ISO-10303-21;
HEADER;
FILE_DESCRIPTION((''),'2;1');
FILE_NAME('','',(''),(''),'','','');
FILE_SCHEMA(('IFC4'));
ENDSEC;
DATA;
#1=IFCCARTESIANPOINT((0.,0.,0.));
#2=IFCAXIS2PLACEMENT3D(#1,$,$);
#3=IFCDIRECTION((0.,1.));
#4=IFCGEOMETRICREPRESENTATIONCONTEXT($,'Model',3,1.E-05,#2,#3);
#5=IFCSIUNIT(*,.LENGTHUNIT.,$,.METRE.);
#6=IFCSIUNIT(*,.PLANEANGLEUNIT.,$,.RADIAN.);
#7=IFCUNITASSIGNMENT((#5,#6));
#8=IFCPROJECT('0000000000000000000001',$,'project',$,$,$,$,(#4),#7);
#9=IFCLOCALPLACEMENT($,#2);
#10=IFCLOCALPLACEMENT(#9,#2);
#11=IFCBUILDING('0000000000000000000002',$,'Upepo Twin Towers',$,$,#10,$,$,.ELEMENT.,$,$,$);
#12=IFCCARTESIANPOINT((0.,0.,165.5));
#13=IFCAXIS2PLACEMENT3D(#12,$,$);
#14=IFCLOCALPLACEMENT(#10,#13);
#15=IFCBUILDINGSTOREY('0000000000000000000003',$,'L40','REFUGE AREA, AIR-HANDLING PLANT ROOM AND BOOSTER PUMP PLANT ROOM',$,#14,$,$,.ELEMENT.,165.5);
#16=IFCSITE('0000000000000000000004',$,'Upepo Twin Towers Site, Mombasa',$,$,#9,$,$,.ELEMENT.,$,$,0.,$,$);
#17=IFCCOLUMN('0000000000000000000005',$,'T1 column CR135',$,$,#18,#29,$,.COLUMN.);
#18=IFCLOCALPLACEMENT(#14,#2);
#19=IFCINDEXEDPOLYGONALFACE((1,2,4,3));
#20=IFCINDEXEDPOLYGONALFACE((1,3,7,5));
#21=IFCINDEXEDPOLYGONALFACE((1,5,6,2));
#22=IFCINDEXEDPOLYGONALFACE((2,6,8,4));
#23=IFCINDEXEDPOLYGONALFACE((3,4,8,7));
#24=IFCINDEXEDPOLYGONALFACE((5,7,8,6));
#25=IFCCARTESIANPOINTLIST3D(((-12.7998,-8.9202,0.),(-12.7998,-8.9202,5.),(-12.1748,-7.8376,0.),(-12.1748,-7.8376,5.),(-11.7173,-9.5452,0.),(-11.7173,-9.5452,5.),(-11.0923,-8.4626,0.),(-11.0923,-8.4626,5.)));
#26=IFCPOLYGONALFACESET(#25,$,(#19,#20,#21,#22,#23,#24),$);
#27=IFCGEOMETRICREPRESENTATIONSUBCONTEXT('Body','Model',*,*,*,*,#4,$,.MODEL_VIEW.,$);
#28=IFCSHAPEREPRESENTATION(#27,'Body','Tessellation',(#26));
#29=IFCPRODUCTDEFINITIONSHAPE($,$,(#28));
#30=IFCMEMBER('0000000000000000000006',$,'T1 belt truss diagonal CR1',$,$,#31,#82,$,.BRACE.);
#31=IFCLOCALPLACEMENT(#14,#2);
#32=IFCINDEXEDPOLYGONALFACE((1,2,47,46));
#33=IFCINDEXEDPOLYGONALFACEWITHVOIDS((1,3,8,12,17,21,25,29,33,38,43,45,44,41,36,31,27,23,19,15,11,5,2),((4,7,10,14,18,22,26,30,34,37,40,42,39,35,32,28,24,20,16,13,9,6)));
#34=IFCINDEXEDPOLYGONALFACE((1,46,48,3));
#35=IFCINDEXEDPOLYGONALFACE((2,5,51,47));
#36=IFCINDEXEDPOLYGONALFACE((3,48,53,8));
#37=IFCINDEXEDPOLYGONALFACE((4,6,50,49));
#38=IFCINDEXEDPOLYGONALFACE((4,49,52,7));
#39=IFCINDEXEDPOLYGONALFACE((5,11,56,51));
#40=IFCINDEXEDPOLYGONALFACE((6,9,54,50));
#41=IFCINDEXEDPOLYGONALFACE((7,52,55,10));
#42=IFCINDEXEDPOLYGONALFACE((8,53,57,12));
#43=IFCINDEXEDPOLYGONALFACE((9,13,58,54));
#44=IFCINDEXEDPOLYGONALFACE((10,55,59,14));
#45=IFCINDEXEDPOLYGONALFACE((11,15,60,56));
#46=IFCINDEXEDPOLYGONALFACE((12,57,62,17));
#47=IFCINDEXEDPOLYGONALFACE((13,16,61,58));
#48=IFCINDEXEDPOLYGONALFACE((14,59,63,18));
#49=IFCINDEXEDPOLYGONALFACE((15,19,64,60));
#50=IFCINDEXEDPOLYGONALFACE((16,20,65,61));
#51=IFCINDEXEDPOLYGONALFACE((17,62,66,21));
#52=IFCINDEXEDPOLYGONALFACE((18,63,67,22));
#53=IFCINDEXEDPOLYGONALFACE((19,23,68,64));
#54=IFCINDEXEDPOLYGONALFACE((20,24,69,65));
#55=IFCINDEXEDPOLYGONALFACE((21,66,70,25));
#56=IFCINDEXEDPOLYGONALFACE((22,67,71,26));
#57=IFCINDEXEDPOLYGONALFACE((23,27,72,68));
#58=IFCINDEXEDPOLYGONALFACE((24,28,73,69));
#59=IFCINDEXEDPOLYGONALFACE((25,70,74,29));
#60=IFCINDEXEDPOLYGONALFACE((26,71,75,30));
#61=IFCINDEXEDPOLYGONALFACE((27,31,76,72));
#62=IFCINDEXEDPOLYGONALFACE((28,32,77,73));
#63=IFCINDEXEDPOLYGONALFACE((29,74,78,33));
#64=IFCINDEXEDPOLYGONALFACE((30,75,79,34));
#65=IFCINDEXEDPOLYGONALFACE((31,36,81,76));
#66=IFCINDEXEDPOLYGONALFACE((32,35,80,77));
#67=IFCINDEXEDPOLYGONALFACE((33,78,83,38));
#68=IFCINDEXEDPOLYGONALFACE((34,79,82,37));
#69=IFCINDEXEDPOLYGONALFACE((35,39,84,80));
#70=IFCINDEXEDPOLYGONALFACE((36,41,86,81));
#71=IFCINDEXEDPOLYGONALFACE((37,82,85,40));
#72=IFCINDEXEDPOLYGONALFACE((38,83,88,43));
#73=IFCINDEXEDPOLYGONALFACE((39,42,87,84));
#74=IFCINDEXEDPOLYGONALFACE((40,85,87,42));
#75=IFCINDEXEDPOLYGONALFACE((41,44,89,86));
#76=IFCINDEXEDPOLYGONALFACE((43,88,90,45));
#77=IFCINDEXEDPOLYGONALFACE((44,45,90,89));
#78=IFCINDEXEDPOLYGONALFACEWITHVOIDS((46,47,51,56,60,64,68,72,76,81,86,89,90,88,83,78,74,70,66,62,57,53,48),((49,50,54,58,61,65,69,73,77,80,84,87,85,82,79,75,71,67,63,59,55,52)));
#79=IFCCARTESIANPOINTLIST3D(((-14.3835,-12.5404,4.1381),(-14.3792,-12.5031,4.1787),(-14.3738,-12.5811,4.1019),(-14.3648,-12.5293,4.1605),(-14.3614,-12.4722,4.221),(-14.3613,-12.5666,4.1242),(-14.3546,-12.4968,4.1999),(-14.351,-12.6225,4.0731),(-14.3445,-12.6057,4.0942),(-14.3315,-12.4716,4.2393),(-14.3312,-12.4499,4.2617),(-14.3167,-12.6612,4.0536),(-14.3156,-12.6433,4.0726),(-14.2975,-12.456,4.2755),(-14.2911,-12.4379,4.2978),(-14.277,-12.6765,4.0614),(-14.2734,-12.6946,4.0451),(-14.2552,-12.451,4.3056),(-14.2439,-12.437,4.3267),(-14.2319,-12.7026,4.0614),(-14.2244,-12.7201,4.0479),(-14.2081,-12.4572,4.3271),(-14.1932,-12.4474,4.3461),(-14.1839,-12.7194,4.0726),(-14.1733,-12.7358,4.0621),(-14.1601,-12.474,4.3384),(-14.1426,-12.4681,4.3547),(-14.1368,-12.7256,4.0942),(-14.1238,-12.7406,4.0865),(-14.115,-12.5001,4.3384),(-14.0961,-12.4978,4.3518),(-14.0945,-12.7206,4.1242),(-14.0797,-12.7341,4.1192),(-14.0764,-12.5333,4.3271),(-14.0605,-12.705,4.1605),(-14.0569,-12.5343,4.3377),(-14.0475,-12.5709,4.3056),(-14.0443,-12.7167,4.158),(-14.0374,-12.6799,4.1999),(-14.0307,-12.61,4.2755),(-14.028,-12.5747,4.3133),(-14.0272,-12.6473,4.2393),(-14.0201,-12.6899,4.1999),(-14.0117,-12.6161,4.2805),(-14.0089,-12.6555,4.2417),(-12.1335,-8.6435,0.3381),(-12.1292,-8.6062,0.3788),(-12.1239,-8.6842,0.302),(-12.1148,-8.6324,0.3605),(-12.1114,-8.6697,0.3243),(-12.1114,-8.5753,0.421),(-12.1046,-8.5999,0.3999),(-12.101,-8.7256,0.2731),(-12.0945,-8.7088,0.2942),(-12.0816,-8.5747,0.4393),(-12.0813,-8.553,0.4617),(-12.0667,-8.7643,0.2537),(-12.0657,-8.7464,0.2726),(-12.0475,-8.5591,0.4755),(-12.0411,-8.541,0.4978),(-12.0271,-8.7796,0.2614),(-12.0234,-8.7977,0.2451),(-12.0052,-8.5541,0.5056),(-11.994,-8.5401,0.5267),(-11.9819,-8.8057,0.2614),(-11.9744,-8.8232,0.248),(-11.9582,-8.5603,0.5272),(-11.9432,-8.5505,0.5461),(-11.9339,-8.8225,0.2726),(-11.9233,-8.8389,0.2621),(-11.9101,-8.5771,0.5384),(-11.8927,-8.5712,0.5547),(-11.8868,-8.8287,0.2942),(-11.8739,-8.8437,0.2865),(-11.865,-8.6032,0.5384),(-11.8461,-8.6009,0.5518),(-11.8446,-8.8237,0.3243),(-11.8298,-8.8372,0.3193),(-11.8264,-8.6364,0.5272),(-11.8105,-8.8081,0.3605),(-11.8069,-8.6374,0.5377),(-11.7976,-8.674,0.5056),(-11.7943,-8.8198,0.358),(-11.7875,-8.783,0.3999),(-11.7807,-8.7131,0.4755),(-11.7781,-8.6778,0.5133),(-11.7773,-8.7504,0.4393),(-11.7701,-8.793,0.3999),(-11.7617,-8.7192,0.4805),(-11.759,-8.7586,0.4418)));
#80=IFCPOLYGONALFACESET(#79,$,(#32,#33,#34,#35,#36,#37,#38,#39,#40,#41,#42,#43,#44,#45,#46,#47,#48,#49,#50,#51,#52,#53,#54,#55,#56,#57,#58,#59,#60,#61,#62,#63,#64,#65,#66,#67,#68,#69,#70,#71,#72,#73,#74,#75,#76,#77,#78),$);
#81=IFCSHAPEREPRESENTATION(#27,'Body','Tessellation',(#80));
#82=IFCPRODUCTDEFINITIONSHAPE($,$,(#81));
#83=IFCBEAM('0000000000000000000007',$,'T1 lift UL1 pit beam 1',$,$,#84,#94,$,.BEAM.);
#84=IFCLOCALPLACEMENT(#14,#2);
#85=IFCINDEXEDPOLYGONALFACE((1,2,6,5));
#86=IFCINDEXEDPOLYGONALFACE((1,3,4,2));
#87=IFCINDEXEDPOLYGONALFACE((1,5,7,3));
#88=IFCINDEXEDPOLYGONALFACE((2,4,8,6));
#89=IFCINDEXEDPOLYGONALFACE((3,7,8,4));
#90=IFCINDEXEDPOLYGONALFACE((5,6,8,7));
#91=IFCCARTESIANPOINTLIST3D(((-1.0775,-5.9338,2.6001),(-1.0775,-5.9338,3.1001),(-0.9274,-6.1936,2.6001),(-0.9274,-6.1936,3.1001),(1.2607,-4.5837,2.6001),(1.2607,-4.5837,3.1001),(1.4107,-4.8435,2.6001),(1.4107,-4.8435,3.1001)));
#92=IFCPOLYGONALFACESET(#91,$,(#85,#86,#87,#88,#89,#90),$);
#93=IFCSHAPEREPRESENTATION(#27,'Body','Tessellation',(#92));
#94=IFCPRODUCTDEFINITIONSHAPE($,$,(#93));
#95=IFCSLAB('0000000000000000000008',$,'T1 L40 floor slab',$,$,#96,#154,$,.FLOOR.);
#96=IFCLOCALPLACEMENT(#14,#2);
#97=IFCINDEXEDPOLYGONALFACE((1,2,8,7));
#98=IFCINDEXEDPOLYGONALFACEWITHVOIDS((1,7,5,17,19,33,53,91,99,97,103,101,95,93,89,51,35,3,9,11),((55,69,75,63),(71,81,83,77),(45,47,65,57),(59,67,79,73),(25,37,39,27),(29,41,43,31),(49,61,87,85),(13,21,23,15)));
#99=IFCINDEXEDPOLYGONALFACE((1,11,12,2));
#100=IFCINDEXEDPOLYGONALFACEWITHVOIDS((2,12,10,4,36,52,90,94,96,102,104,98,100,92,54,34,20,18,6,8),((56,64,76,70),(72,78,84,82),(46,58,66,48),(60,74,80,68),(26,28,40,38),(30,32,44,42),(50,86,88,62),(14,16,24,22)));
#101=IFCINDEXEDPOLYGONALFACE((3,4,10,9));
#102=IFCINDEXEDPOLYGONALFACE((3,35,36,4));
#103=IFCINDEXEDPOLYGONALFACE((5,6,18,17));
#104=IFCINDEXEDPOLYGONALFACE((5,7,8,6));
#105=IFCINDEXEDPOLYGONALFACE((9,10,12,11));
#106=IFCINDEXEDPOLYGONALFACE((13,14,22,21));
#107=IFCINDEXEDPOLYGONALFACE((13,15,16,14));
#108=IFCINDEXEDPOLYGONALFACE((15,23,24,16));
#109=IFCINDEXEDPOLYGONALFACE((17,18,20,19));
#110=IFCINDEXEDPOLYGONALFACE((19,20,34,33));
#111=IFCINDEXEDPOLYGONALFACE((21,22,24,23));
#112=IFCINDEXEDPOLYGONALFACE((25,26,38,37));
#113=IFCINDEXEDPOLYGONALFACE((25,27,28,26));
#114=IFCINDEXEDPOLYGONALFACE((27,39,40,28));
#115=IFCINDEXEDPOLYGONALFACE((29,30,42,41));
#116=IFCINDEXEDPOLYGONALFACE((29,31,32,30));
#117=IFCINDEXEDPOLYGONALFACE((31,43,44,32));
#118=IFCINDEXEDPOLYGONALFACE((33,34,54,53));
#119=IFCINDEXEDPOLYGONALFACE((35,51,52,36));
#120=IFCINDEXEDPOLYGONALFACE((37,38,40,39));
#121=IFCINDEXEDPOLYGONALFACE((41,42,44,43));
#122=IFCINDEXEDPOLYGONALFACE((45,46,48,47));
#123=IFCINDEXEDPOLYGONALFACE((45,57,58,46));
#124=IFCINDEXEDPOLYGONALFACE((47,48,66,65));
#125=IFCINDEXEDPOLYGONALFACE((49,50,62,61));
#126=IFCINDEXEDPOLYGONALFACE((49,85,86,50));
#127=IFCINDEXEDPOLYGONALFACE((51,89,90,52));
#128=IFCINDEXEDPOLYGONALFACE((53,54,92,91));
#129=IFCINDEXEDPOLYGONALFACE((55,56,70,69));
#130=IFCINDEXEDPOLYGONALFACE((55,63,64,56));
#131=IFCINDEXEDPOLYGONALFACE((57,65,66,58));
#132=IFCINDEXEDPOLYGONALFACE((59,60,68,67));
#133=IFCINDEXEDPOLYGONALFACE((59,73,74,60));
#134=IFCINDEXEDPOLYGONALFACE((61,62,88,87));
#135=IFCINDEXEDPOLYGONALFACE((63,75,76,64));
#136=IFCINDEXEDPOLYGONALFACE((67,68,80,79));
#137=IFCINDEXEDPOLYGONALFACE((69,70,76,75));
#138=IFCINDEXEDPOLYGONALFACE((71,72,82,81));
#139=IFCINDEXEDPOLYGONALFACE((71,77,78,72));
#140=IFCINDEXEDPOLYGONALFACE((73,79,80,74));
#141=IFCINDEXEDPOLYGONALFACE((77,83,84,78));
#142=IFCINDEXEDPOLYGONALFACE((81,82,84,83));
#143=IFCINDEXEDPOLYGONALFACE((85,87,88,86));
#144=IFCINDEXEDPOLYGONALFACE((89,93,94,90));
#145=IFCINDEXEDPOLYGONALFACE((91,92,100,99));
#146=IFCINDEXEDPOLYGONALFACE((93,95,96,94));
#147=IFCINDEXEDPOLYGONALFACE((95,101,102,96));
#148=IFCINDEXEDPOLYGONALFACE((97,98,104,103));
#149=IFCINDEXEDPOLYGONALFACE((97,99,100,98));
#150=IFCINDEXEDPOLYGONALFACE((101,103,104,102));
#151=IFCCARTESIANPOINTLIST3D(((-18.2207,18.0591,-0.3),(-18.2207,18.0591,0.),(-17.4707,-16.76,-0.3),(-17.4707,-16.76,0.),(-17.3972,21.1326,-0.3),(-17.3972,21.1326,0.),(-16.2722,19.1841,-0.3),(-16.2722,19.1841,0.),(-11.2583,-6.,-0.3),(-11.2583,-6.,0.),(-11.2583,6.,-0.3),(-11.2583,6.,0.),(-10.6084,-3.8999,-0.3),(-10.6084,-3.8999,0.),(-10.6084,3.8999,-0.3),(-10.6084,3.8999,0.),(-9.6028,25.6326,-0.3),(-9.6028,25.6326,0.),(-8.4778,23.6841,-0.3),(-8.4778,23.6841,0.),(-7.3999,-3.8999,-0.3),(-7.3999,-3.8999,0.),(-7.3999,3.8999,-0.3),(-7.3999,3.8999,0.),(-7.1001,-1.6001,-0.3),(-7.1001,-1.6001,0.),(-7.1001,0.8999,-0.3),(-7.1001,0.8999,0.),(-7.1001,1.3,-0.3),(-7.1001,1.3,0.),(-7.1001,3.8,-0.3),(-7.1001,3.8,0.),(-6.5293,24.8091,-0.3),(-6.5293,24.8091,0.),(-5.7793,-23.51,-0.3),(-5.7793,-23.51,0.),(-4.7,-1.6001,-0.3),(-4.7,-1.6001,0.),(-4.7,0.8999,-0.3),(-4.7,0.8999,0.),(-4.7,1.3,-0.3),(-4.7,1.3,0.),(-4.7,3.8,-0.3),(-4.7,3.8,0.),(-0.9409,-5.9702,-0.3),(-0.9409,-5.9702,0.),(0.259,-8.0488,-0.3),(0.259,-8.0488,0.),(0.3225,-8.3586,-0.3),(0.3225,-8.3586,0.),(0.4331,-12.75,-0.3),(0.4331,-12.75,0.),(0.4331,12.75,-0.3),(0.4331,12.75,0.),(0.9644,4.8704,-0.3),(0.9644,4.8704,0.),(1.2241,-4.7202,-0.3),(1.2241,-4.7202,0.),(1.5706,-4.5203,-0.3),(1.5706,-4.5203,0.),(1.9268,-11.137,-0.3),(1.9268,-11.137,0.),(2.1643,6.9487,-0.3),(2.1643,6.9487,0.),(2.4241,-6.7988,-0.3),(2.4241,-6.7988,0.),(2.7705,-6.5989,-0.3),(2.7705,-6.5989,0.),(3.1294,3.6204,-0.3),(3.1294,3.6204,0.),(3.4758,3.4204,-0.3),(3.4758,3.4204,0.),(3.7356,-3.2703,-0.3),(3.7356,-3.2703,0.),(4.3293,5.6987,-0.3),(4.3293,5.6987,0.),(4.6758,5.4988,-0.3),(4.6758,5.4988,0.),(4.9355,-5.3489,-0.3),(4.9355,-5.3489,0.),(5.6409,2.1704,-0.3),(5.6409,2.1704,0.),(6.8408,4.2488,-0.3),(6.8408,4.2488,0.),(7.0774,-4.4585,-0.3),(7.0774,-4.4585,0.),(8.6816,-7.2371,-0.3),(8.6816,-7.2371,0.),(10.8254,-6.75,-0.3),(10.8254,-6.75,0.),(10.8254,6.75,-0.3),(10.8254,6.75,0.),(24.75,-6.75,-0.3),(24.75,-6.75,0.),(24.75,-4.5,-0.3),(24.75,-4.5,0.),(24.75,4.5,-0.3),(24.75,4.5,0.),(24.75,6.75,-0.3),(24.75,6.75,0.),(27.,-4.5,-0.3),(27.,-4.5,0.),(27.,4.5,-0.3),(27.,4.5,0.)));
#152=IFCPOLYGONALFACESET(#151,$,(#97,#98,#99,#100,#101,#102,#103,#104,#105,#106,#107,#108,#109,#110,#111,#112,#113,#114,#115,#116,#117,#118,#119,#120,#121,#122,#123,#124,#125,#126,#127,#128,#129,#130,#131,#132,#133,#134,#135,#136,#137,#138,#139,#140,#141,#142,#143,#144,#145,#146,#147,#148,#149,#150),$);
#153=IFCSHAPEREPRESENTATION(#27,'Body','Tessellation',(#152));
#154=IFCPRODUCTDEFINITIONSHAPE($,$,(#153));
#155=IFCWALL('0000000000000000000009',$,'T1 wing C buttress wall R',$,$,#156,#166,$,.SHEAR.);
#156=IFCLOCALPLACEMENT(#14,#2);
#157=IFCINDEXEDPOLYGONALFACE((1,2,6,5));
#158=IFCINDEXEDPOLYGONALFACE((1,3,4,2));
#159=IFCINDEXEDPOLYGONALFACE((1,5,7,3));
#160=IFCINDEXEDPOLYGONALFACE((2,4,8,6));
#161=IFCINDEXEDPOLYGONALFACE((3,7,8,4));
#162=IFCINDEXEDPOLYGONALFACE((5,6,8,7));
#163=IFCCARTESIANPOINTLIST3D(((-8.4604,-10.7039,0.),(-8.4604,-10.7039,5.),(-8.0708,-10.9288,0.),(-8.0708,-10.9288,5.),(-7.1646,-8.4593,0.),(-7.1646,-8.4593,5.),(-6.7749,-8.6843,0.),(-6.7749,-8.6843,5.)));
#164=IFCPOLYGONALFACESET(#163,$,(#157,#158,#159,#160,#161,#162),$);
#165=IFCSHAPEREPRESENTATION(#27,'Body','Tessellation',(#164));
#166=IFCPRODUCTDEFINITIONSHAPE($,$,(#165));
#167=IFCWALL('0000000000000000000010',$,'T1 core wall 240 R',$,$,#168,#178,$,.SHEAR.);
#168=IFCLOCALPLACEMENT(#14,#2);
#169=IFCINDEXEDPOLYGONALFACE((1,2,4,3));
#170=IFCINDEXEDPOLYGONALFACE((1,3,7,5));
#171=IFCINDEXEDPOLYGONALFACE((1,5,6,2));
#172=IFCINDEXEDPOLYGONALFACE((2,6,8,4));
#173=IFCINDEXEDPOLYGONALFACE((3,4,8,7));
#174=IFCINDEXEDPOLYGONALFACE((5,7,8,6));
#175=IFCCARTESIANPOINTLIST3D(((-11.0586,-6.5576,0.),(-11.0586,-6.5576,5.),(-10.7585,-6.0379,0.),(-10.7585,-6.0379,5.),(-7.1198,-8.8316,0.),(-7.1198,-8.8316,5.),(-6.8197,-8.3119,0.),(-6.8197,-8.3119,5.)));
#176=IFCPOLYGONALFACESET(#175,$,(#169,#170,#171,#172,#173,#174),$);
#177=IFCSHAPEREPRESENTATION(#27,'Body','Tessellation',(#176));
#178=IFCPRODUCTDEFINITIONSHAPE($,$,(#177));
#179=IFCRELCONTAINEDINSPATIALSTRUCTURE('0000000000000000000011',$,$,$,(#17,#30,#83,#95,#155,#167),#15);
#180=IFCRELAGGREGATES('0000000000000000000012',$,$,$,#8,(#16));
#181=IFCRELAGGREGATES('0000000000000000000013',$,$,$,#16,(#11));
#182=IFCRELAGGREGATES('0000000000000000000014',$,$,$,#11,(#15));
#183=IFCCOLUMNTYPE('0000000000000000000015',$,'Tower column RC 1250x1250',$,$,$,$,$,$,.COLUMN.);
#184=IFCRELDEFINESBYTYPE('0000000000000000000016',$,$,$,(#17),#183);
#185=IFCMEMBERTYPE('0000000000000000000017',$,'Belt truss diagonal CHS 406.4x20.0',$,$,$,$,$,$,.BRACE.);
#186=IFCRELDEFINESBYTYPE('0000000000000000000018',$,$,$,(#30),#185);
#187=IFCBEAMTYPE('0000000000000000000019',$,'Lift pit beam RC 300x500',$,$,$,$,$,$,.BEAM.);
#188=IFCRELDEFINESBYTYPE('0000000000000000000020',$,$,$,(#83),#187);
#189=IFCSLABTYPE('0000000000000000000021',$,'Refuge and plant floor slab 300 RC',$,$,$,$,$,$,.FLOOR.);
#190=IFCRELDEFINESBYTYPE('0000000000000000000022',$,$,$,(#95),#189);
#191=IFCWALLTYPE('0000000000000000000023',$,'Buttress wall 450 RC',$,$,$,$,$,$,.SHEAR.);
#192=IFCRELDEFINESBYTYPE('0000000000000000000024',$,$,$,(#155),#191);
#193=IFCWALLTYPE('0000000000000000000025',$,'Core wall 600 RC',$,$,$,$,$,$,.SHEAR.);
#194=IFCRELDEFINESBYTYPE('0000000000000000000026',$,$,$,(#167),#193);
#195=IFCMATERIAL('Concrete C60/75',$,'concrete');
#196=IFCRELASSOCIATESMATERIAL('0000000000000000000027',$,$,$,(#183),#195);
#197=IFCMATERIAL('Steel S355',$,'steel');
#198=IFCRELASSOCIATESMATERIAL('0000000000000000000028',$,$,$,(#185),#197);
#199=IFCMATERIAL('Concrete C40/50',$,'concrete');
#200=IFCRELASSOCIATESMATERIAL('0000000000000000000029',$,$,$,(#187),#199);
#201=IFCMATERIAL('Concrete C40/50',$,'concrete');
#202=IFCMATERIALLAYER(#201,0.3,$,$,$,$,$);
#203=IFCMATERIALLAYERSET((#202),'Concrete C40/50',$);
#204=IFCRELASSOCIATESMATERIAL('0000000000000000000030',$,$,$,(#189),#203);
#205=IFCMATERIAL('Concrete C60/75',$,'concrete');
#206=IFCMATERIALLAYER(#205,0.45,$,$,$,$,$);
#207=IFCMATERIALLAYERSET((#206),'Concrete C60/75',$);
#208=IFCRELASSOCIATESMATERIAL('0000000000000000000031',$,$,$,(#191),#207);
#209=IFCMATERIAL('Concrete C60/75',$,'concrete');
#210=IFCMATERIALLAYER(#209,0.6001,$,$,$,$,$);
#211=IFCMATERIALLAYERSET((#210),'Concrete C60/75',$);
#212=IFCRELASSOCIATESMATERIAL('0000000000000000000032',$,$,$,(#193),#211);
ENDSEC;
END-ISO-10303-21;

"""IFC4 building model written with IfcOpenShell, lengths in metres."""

from ifc_helpers import new_model, si_unit, direction, frame, frame_2d, origin, origin_2d, place, context, subcontext, project, spatial, polyline, rectangle, hollow_circle, outline, extrude, material, layer, layer_set, material_profile, profile_set, type_object, element, save


model = new_model("IFC4")

# Units and contexts
model_context = context("Model", 3, precision=1e-05, world=origin(), true_north=direction((0.0, 1.0)))
body_context = subcontext(model_context, "Body", "Model", "MODEL_VIEW")
ifc_project = project(units=[si_unit("LENGTHUNIT", "METRE"), si_unit("PLANEANGLEUNIT", "RADIAN")], contexts=[model_context])

# Site, building, storey
site_placement = place(None, origin())
site = spatial("IfcSite", under=ifc_project, at=site_placement, Name="Upepo Twin Towers Site, Mombasa", CompositionType="ELEMENT", RefElevation=0.0)
building_placement = place(site_placement, origin())
building = spatial("IfcBuilding", under=site, at=building_placement, Name="Upepo Twin Towers", CompositionType="ELEMENT")
storey_placement = place(building_placement, frame((0.0, 0.0, 165.5)))
storey = spatial("IfcBuildingStorey", under=building, at=storey_placement, Name="L40", Description="REFUGE AREA, AIR-HANDLING PLANT ROOM AND BOOSTER PUMP PLANT ROOM", CompositionType="ELEMENT", Elevation=165.5)

# Column
ifc_material_1 = material(Name="Concrete C60/75", Category="concrete")
ifc_material_profile_1 = material_profile(ifc_material_1, rectangle(XDim=1.25, YDim=1.25, at=origin_2d()), Name="RC 1250x1250")
ifc_profile_set_1 = profile_set([ifc_material_profile_1], Name="Concrete C60/75")
column_type = type_object("IfcColumnType", Name="Tower column RC 1250x1250", PredefinedType="COLUMN", material=ifc_profile_set_1)
column_placement = place(storey_placement, frame((-11.946, -8.6914, 0.0), z_axis=(0.0, 0.0, 1.0), x_axis=(0.5, 0.866025, 0.0)))
element("IfcColumn", 1, at=column_placement, inside=storey, type_object=column_type, Name="T1 column CR135", PredefinedType="COLUMN", context=body_context, shape_type="SweptSolid", body=[
    extrude(rectangle(XDim=1.25, YDim=1.25, at=origin_2d()), origin(), (0.0, 0.0, 1.0), 5.0),
])

# Member
ifc_material_2 = material(Name="Steel S355", Category="steel")
ifc_material_profile_2 = material_profile(ifc_material_2, hollow_circle(Radius=0.2031, WallThickness=0.02, at=origin_2d()), Name="CHS 406.4x20.0")
ifc_profile_set_2 = profile_set([ifc_material_profile_2], Name="Steel S355")
member_type = type_object("IfcMemberType", Name="Belt truss diagonal CHS 406.4x20.0", PredefinedType="BRACE", material=ifc_profile_set_2)
member_placement = place(storey_placement, frame((-11.946, -8.6914, 0.3999), z_axis=(-0.382019, -0.661652, 0.645196), x_axis=(0.866018, -0.500014, 0.0)))
element("IfcMember", 2, at=member_placement, inside=storey, type_object=member_type, Name="T1 belt truss diagonal CR1", PredefinedType="BRACE", context=body_context, shape_type="SweptSolid", body=[
    extrude(hollow_circle(Radius=0.2031, WallThickness=0.02, at=origin_2d()), origin(), (0.0, 0.0, 1.0), 5.8896),
])

# Beam
ifc_material_3 = material(Name="Concrete C40/50", Category="concrete")
ifc_material_profile_3 = material_profile(ifc_material_3, rectangle(XDim=0.3, YDim=0.5, at=origin_2d()), Name="RC 300x500")
ifc_profile_set_3 = profile_set([ifc_material_profile_3], Name="Concrete C40/50")
beam_type = type_object("IfcBeamType", Name="Lift pit beam RC 300x500", PredefinedType="BEAM", material=ifc_profile_set_3)
beam_placement = place(storey_placement, frame((-1.0024, -6.0637, 2.8501), z_axis=(0.865997, 0.500049, 0.0), x_axis=(-0.500049, 0.865997, 0.0)))
element("IfcBeam", 3, at=beam_placement, inside=storey, type_object=beam_type, Name="T1 lift UL1 pit beam 1", PredefinedType="BEAM", context=body_context, shape_type="SweptSolid", body=[
    extrude(rectangle(XDim=0.3, YDim=0.5, at=origin_2d()), origin(), (0.0, 0.0, 1.0), 2.7),
])

# Slab
ifc_material_4 = material(Name="Concrete C40/50", Category="concrete")
ifc_layer_1 = layer(ifc_material_4, 0.3)
ifc_layer_set_1 = layer_set([ifc_layer_1], Name="Concrete C40/50")
slab_type = type_object("IfcSlabType", Name="Refuge and plant floor slab 300 RC", PredefinedType="FLOOR", material=ifc_layer_set_1)
slab_placement = place(storey_placement, frame((0.0, 0.0, -0.3)))
element("IfcSlab", 4, at=slab_placement, inside=storey, type_object=slab_type, Name="T1 L40 floor slab", PredefinedType="FLOOR", context=body_context, shape_type="SweptSolid", body=[
    extrude(outline(polyline([(-17.4707, -16.76), (-11.2583, -6.0), (-11.2583, 6.0), (-18.2207, 18.0591), (-16.2722, 19.1841), (-17.3972, 21.1326), (-9.6028, 25.6326), (-8.4778, 23.6841), (-6.5293, 24.8091), (0.4331, 12.75), (10.8254, 6.75), (24.75, 6.75), (24.75, 4.5), (27.0, 4.5), (27.0, -4.5), (24.75, -4.5), (24.75, -6.75), (10.8254, -6.75), (0.4331, -12.75), (-5.7793, -23.51), (-17.4707, -16.76)]), holes=[polyline([(5.6409, 2.1704), (6.8408, 4.2488), (4.6758, 5.4988), (3.4758, 3.4204), (5.6409, 2.1704)]), polyline([(3.1294, 3.6204), (4.3293, 5.6987), (2.1643, 6.9487), (0.9644, 4.8704), (3.1294, 3.6204)]), polyline([(-4.7, 3.8), (-7.1001, 3.8), (-7.1001, 1.3), (-4.7, 1.3), (-4.7, 3.8)]), polyline([(-4.7, 0.8999), (-7.1001, 0.8999), (-7.1001, -1.6001), (-4.7, -1.6001), (-4.7, 0.8999)]), polyline([(-7.3999, 3.8999), (-10.6084, 3.8999), (-10.6084, -3.8999), (-7.3999, -3.8999), (-7.3999, 3.8999)]), polyline([(-0.9409, -5.9702), (0.259, -8.0488), (2.4241, -6.7988), (1.2241, -4.7202), (-0.9409, -5.9702)]), polyline([(1.5706, -4.5203), (2.7705, -6.5989), (4.9355, -5.3489), (3.7356, -3.2703), (1.5706, -4.5203)]), polyline([(0.3225, -8.3586), (1.9268, -11.137), (8.6816, -7.2371), (7.0774, -4.4585), (0.3225, -8.3586)])]), origin(), (0.0, 0.0, 1.0), 0.3),
])

# Walls
ifc_material_5 = material(Name="Concrete C60/75", Category="concrete")
ifc_layer_2 = layer(ifc_material_5, 0.45)
ifc_layer_set_2 = layer_set([ifc_layer_2], Name="Concrete C60/75")
wall_type_1 = type_object("IfcWallType", Name="Buttress wall 450 RC", PredefinedType="SHEAR", material=ifc_layer_set_2)
wall_1_placement = place(storey_placement, frame((-6.9697, -8.5718, 0.0), z_axis=(0.0, 0.0, 1.0), x_axis=(-0.499989, -0.866032, 0.0)))
element("IfcWall", 5, at=wall_1_placement, inside=storey, type_object=wall_type_1, Name="T1 wing C buttress wall R", PredefinedType="SHEAR", context=body_context, shape_type="SweptSolid", body=[
    extrude(rectangle(XDim=2.5918, YDim=0.45, at=frame_2d((1.2959, 0.0))), origin(), (0.0, 0.0, 1.0), 5.0),
])
ifc_material_6 = material(Name="Concrete C60/75", Category="concrete")
ifc_layer_3 = layer(ifc_material_6, 0.6001)
ifc_layer_set_3 = layer_set([ifc_layer_3], Name="Concrete C60/75")
wall_type_2 = type_object("IfcWallType", Name="Core wall 600 RC", PredefinedType="SHEAR", material=ifc_layer_set_3)
wall_2_placement = place(storey_placement, frame((-10.9084, -6.2979, 0.0), z_axis=(0.0, 0.0, 1.0), x_axis=(0.866035, -0.499984, 0.0)))
element("IfcWall", 6, at=wall_2_placement, inside=storey, type_object=wall_type_2, Name="T1 core wall 240 R", PredefinedType="SHEAR", context=body_context, shape_type="SweptSolid", body=[
    extrude(rectangle(XDim=4.5481, YDim=0.6001, at=frame_2d((2.2739, 0.0))), origin(), (0.0, 0.0, 1.0), 5.0),
])

save(model, "model.ifc")
